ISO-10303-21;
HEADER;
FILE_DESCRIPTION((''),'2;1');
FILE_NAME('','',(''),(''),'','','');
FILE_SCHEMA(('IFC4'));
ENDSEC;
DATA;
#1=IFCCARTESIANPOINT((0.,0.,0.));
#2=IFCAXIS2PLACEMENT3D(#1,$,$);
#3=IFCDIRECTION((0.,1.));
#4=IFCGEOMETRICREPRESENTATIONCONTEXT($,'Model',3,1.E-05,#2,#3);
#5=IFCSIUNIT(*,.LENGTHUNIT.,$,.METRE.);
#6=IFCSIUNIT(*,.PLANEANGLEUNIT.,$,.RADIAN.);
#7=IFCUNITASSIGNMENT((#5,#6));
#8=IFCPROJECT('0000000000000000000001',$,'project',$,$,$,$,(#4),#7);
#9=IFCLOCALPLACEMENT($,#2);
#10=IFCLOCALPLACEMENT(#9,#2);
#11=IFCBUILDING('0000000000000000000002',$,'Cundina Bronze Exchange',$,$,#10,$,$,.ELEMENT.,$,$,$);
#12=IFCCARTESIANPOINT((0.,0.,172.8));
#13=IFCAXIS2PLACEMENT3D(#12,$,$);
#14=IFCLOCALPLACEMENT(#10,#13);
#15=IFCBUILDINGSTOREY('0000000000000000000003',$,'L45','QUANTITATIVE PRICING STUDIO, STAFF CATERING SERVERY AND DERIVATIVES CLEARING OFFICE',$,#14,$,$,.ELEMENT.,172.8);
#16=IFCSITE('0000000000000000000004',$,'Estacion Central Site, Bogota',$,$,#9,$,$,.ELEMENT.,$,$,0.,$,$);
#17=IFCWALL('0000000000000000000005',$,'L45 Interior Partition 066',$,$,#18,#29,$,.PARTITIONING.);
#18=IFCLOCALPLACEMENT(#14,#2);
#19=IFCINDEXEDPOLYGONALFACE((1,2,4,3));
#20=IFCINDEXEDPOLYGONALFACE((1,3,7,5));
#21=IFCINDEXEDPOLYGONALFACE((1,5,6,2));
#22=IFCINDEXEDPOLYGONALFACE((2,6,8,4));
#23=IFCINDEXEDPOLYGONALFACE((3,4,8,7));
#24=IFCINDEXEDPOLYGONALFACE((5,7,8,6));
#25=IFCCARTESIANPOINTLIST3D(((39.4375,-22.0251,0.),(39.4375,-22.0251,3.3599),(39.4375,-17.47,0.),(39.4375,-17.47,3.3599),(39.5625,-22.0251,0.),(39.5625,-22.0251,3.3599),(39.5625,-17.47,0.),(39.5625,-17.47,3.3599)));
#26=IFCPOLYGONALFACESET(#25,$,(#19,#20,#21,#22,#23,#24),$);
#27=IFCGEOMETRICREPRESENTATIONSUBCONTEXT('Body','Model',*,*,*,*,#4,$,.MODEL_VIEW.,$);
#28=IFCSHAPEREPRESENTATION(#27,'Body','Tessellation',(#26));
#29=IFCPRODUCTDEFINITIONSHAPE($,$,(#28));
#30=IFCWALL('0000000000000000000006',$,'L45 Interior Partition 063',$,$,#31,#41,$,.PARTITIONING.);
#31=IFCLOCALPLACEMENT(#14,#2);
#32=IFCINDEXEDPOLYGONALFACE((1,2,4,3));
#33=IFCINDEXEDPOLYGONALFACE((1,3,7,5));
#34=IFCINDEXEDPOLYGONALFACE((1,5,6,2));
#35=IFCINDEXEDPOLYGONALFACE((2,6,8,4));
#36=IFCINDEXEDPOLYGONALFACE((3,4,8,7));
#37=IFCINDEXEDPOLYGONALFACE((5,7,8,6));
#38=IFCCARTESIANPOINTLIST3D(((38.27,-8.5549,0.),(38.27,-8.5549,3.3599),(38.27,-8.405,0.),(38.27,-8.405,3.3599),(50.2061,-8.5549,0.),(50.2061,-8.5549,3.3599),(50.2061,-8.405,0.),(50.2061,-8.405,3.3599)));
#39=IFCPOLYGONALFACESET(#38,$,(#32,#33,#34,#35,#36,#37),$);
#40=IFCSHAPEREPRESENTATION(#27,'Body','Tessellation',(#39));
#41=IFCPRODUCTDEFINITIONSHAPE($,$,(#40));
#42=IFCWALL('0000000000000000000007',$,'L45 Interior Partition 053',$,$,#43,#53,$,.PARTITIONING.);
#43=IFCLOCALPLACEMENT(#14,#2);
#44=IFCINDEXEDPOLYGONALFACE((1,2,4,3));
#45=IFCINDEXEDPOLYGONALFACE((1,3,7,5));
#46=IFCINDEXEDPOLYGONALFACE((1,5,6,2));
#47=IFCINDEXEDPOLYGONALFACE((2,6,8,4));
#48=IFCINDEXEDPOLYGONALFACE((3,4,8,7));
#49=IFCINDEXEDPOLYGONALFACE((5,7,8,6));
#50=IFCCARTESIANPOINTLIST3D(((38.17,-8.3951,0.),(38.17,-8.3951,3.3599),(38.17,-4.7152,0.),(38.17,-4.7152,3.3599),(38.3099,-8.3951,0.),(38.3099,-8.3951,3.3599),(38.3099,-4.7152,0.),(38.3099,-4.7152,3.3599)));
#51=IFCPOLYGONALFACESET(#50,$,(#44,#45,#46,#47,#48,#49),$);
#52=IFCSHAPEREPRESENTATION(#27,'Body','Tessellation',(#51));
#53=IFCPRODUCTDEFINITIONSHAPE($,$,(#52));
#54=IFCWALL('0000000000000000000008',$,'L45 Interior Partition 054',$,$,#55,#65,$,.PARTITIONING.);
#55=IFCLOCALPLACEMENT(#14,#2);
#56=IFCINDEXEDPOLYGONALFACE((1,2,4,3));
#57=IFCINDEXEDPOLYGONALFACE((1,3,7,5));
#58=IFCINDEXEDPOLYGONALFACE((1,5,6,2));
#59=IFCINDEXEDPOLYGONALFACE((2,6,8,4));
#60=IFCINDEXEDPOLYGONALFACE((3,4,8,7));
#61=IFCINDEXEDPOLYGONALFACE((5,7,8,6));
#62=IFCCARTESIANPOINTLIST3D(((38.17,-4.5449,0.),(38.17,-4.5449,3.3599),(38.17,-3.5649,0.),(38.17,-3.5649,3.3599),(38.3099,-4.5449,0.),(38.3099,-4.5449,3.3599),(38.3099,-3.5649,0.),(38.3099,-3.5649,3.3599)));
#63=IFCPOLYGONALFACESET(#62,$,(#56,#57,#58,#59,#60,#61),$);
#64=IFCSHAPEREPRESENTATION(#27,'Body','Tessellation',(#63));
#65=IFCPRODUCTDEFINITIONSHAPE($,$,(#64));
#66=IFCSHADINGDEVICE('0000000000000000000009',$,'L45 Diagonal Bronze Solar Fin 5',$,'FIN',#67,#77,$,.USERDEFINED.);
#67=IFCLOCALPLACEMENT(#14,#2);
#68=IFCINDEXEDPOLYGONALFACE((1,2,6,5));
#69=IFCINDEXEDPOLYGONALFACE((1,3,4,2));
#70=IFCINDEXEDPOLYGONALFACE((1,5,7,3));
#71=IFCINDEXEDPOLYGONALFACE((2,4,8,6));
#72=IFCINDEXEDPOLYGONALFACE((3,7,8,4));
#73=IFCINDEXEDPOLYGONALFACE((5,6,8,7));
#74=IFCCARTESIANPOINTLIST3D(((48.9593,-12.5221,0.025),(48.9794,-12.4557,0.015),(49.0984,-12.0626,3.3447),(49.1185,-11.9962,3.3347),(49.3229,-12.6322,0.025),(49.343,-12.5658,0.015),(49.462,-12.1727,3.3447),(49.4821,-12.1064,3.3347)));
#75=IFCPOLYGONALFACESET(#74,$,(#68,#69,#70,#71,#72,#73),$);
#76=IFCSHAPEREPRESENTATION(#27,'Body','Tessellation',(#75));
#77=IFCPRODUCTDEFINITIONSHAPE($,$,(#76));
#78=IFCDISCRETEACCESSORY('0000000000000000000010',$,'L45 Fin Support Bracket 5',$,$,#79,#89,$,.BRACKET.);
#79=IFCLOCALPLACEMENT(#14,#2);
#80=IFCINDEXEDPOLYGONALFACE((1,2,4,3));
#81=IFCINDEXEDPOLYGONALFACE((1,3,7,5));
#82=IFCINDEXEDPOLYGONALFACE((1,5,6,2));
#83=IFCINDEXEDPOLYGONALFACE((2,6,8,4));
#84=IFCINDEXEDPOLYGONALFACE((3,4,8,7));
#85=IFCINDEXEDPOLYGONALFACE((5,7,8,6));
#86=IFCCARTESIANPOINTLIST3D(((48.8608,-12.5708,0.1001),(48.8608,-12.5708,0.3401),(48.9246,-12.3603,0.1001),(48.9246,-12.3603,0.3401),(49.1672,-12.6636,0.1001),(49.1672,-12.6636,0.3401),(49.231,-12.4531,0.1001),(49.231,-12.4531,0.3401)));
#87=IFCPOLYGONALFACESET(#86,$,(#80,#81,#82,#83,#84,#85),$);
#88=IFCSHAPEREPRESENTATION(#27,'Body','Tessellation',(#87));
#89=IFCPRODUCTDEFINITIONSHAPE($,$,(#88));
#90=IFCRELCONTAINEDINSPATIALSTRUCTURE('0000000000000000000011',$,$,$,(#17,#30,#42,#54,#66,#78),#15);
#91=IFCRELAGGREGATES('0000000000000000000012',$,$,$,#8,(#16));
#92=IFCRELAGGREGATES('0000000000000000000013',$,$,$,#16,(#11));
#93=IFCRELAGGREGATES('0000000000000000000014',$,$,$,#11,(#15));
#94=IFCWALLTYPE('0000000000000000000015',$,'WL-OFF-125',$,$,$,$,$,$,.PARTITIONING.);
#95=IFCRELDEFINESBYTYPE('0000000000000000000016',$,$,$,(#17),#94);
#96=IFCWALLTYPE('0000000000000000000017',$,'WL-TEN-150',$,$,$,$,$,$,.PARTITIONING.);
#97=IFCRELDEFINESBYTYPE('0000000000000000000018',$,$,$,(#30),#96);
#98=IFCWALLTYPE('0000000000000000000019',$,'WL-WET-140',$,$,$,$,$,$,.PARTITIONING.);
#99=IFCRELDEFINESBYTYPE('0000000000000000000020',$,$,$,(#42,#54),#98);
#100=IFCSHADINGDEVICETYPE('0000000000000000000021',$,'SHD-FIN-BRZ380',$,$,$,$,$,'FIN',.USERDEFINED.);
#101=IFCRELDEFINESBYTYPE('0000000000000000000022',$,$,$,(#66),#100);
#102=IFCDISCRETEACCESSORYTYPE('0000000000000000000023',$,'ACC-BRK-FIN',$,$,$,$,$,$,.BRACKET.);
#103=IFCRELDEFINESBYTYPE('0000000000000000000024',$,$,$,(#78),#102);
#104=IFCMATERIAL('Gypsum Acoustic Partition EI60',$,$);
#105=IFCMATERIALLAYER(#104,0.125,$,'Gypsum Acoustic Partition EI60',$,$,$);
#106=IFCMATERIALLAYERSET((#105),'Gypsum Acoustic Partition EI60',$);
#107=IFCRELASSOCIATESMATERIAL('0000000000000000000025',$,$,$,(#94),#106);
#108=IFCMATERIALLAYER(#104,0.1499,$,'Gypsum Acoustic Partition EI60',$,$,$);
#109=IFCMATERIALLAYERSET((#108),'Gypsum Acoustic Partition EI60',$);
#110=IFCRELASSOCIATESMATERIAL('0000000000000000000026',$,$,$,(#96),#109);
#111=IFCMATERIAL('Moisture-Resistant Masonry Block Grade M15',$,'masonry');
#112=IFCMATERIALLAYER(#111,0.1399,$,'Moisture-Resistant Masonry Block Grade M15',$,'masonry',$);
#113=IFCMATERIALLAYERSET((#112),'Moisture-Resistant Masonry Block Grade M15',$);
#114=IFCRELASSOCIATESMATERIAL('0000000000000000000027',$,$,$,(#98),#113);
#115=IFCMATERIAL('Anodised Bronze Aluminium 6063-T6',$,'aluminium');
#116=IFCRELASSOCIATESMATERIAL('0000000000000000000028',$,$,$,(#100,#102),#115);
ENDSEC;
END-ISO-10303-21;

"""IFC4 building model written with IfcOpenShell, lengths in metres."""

from ifc_helpers import new_model, si_unit, direction, frame, frame_2d, origin, origin_2d, place, context, subcontext, project, spatial, rectangle, extrude, material, layer, layer_set, material_profile, profile_set, type_object, element, save


model = new_model("IFC4")

# Units and contexts
model_context = context("Model", 3, precision=1e-05, world=origin(), true_north=direction((0.0, 1.0)))
body_context = subcontext(model_context, "Body", "Model", "MODEL_VIEW")
ifc_project = project(units=[si_unit("LENGTHUNIT", "METRE"), si_unit("PLANEANGLEUNIT", "RADIAN")], contexts=[model_context])

# Site, building, storey
site_placement = place(None, origin())
site = spatial("IfcSite", under=ifc_project, at=site_placement, Name="Estacion Central Site, Bogota", CompositionType="ELEMENT", RefElevation=0.0)
building_placement = place(site_placement, origin())
building = spatial("IfcBuilding", under=site, at=building_placement, Name="Cundina Bronze Exchange", CompositionType="ELEMENT")
storey_placement = place(building_placement, frame((0.0, 0.0, 172.8)))
storey = spatial("IfcBuildingStorey", under=building, at=storey_placement, Name="L45", Description="QUANTITATIVE PRICING STUDIO, STAFF CATERING SERVERY AND DERIVATIVES CLEARING OFFICE", CompositionType="ELEMENT", Elevation=172.8)

# Shared definitions
ifc_material_1 = material(Name="Anodised Bronze Aluminium 6063-T6", Category="aluminium")

# Walls
ifc_material_2 = material(Name="Gypsum Acoustic Partition EI60")
ifc_layer_1 = layer(ifc_material_2, 0.125, Name="Gypsum Acoustic Partition EI60")
ifc_layer_set_1 = layer_set([ifc_layer_1], Name="Gypsum Acoustic Partition EI60")
wall_type_1 = type_object("IfcWallType", Name="WL-OFF-125", PredefinedType="PARTITIONING", material=ifc_layer_set_1)
wall_1_placement = place(storey_placement, frame((39.5, -22.0251, 0.0), z_axis=(0.0, 0.0, 1.0), x_axis=(0.0, 1.0, 0.0)))
element("IfcWall", 1, at=wall_1_placement, inside=storey, type_object=wall_type_1, Name="L45 Interior Partition 066", PredefinedType="PARTITIONING", context=body_context, shape_type="SweptSolid", body=[
    extrude(rectangle(XDim=4.5552, YDim=0.125, at=frame_2d((2.2776, 0.0))), origin(), (0.0, 0.0, 1.0), 3.3599),
])
ifc_layer_2 = layer(ifc_material_2, 0.1499, Name="Gypsum Acoustic Partition EI60")
ifc_layer_set_2 = layer_set([ifc_layer_2], Name="Gypsum Acoustic Partition EI60")
wall_type_2 = type_object("IfcWallType", Name="WL-TEN-150", PredefinedType="PARTITIONING", material=ifc_layer_set_2)
wall_2_placement = place(storey_placement, frame((38.27, -8.48, 0.0), z_axis=(0.0, 0.0, 1.0), x_axis=(1.0, 0.0, 0.0)))
element("IfcWall", 2, at=wall_2_placement, inside=storey, type_object=wall_type_2, Name="L45 Interior Partition 063", PredefinedType="PARTITIONING", context=body_context, shape_type="SweptSolid", body=[
    extrude(rectangle(XDim=11.936, YDim=0.1499, at=frame_2d((5.968, 0.0))), origin(), (0.0, 0.0, 1.0), 3.3599),
])
ifc_material_3 = material(Name="Moisture-Resistant Masonry Block Grade M15", Category="masonry")
ifc_layer_3 = layer(ifc_material_3, 0.1399, Name="Moisture-Resistant Masonry Block Grade M15", Category="masonry")
ifc_layer_set_3 = layer_set([ifc_layer_3], Name="Moisture-Resistant Masonry Block Grade M15")
wall_type_3 = type_object("IfcWallType", Name="WL-WET-140", PredefinedType="PARTITIONING", material=ifc_layer_set_3)
wall_3_placement = place(storey_placement, frame((38.24, -8.395, 0.0), z_axis=(0.0, 0.0, 1.0), x_axis=(0.0, 1.0, 0.0)))
element("IfcWall", 3, at=wall_3_placement, inside=storey, type_object=wall_type_3, Name="L45 Interior Partition 053", PredefinedType="PARTITIONING", context=body_context, shape_type="SweptSolid", body=[
    extrude(rectangle(XDim=3.6799, YDim=0.1399, at=frame_2d((1.8398, 0.0))), origin(), (0.0, 0.0, 1.0), 3.3599),
])
wall_4_placement = place(storey_placement, frame((38.24, -4.5449, 0.0), z_axis=(0.0, 0.0, 1.0), x_axis=(0.0, 1.0, 0.0)))
element("IfcWall", 4, at=wall_4_placement, inside=storey, type_object=wall_type_3, Name="L45 Interior Partition 054", PredefinedType="PARTITIONING", context=body_context, shape_type="SweptSolid", body=[
    extrude(rectangle(XDim=0.98, YDim=0.1399, at=frame_2d((0.49, 0.0))), origin(), (0.0, 0.0, 1.0), 3.3599),
])

# Shading device
ifc_material_profile_1 = material_profile(ifc_material_1, rectangle(XDim=0.0701, YDim=0.3799, at=origin_2d()), Name="FIN70X380", Category="aluminium")
ifc_profile_set_1 = profile_set([ifc_material_profile_1], Name="Anodised Bronze Aluminium 6063-T6")
shading_device_type = type_object("IfcShadingDeviceType", Name="SHD-FIN-BRZ380", ElementType="FIN", PredefinedType="USERDEFINED", material=ifc_profile_set_1)
shading_device_placement = place(storey_placement, frame((49.1511, -12.5439, 0.02), z_axis=(0.041486, 0.136978, 0.989705), x_axis=(-0.286882, -0.947214, 0.143123)))
element("IfcShadingDevice", 5, at=shading_device_placement, inside=storey, type_object=shading_device_type, Name="L45 Diagonal Bronze Solar Fin 5", ObjectType="FIN", PredefinedType="USERDEFINED", context=body_context, shape_type="SweptSolid", body=[
    extrude(rectangle(XDim=0.0701, YDim=0.3799, at=origin_2d()), origin(), (0.0, 0.0, 1.0), 3.3542),
])

# Discrete accessory
discrete_accessory_type = type_object("IfcDiscreteAccessoryType", Name="ACC-BRK-FIN", PredefinedType="BRACKET", material=ifc_material_1)
discrete_accessory_placement = place(storey_placement, frame((49.0459, -12.512, 0.1001), z_axis=(0.0, 0.0, 1.0), x_axis=(0.290051, 0.957011, 0.0)))
element("IfcDiscreteAccessory", 6, at=discrete_accessory_placement, inside=storey, type_object=discrete_accessory_type, Name="L45 Fin Support Bracket 5", PredefinedType="BRACKET", context=body_context, shape_type="SweptSolid", body=[
    extrude(rectangle(XDim=0.22, YDim=0.3201, at=origin_2d()), origin(), (0.0, 0.0, 1.0), 0.24),
])

save(model, "model.ifc")
